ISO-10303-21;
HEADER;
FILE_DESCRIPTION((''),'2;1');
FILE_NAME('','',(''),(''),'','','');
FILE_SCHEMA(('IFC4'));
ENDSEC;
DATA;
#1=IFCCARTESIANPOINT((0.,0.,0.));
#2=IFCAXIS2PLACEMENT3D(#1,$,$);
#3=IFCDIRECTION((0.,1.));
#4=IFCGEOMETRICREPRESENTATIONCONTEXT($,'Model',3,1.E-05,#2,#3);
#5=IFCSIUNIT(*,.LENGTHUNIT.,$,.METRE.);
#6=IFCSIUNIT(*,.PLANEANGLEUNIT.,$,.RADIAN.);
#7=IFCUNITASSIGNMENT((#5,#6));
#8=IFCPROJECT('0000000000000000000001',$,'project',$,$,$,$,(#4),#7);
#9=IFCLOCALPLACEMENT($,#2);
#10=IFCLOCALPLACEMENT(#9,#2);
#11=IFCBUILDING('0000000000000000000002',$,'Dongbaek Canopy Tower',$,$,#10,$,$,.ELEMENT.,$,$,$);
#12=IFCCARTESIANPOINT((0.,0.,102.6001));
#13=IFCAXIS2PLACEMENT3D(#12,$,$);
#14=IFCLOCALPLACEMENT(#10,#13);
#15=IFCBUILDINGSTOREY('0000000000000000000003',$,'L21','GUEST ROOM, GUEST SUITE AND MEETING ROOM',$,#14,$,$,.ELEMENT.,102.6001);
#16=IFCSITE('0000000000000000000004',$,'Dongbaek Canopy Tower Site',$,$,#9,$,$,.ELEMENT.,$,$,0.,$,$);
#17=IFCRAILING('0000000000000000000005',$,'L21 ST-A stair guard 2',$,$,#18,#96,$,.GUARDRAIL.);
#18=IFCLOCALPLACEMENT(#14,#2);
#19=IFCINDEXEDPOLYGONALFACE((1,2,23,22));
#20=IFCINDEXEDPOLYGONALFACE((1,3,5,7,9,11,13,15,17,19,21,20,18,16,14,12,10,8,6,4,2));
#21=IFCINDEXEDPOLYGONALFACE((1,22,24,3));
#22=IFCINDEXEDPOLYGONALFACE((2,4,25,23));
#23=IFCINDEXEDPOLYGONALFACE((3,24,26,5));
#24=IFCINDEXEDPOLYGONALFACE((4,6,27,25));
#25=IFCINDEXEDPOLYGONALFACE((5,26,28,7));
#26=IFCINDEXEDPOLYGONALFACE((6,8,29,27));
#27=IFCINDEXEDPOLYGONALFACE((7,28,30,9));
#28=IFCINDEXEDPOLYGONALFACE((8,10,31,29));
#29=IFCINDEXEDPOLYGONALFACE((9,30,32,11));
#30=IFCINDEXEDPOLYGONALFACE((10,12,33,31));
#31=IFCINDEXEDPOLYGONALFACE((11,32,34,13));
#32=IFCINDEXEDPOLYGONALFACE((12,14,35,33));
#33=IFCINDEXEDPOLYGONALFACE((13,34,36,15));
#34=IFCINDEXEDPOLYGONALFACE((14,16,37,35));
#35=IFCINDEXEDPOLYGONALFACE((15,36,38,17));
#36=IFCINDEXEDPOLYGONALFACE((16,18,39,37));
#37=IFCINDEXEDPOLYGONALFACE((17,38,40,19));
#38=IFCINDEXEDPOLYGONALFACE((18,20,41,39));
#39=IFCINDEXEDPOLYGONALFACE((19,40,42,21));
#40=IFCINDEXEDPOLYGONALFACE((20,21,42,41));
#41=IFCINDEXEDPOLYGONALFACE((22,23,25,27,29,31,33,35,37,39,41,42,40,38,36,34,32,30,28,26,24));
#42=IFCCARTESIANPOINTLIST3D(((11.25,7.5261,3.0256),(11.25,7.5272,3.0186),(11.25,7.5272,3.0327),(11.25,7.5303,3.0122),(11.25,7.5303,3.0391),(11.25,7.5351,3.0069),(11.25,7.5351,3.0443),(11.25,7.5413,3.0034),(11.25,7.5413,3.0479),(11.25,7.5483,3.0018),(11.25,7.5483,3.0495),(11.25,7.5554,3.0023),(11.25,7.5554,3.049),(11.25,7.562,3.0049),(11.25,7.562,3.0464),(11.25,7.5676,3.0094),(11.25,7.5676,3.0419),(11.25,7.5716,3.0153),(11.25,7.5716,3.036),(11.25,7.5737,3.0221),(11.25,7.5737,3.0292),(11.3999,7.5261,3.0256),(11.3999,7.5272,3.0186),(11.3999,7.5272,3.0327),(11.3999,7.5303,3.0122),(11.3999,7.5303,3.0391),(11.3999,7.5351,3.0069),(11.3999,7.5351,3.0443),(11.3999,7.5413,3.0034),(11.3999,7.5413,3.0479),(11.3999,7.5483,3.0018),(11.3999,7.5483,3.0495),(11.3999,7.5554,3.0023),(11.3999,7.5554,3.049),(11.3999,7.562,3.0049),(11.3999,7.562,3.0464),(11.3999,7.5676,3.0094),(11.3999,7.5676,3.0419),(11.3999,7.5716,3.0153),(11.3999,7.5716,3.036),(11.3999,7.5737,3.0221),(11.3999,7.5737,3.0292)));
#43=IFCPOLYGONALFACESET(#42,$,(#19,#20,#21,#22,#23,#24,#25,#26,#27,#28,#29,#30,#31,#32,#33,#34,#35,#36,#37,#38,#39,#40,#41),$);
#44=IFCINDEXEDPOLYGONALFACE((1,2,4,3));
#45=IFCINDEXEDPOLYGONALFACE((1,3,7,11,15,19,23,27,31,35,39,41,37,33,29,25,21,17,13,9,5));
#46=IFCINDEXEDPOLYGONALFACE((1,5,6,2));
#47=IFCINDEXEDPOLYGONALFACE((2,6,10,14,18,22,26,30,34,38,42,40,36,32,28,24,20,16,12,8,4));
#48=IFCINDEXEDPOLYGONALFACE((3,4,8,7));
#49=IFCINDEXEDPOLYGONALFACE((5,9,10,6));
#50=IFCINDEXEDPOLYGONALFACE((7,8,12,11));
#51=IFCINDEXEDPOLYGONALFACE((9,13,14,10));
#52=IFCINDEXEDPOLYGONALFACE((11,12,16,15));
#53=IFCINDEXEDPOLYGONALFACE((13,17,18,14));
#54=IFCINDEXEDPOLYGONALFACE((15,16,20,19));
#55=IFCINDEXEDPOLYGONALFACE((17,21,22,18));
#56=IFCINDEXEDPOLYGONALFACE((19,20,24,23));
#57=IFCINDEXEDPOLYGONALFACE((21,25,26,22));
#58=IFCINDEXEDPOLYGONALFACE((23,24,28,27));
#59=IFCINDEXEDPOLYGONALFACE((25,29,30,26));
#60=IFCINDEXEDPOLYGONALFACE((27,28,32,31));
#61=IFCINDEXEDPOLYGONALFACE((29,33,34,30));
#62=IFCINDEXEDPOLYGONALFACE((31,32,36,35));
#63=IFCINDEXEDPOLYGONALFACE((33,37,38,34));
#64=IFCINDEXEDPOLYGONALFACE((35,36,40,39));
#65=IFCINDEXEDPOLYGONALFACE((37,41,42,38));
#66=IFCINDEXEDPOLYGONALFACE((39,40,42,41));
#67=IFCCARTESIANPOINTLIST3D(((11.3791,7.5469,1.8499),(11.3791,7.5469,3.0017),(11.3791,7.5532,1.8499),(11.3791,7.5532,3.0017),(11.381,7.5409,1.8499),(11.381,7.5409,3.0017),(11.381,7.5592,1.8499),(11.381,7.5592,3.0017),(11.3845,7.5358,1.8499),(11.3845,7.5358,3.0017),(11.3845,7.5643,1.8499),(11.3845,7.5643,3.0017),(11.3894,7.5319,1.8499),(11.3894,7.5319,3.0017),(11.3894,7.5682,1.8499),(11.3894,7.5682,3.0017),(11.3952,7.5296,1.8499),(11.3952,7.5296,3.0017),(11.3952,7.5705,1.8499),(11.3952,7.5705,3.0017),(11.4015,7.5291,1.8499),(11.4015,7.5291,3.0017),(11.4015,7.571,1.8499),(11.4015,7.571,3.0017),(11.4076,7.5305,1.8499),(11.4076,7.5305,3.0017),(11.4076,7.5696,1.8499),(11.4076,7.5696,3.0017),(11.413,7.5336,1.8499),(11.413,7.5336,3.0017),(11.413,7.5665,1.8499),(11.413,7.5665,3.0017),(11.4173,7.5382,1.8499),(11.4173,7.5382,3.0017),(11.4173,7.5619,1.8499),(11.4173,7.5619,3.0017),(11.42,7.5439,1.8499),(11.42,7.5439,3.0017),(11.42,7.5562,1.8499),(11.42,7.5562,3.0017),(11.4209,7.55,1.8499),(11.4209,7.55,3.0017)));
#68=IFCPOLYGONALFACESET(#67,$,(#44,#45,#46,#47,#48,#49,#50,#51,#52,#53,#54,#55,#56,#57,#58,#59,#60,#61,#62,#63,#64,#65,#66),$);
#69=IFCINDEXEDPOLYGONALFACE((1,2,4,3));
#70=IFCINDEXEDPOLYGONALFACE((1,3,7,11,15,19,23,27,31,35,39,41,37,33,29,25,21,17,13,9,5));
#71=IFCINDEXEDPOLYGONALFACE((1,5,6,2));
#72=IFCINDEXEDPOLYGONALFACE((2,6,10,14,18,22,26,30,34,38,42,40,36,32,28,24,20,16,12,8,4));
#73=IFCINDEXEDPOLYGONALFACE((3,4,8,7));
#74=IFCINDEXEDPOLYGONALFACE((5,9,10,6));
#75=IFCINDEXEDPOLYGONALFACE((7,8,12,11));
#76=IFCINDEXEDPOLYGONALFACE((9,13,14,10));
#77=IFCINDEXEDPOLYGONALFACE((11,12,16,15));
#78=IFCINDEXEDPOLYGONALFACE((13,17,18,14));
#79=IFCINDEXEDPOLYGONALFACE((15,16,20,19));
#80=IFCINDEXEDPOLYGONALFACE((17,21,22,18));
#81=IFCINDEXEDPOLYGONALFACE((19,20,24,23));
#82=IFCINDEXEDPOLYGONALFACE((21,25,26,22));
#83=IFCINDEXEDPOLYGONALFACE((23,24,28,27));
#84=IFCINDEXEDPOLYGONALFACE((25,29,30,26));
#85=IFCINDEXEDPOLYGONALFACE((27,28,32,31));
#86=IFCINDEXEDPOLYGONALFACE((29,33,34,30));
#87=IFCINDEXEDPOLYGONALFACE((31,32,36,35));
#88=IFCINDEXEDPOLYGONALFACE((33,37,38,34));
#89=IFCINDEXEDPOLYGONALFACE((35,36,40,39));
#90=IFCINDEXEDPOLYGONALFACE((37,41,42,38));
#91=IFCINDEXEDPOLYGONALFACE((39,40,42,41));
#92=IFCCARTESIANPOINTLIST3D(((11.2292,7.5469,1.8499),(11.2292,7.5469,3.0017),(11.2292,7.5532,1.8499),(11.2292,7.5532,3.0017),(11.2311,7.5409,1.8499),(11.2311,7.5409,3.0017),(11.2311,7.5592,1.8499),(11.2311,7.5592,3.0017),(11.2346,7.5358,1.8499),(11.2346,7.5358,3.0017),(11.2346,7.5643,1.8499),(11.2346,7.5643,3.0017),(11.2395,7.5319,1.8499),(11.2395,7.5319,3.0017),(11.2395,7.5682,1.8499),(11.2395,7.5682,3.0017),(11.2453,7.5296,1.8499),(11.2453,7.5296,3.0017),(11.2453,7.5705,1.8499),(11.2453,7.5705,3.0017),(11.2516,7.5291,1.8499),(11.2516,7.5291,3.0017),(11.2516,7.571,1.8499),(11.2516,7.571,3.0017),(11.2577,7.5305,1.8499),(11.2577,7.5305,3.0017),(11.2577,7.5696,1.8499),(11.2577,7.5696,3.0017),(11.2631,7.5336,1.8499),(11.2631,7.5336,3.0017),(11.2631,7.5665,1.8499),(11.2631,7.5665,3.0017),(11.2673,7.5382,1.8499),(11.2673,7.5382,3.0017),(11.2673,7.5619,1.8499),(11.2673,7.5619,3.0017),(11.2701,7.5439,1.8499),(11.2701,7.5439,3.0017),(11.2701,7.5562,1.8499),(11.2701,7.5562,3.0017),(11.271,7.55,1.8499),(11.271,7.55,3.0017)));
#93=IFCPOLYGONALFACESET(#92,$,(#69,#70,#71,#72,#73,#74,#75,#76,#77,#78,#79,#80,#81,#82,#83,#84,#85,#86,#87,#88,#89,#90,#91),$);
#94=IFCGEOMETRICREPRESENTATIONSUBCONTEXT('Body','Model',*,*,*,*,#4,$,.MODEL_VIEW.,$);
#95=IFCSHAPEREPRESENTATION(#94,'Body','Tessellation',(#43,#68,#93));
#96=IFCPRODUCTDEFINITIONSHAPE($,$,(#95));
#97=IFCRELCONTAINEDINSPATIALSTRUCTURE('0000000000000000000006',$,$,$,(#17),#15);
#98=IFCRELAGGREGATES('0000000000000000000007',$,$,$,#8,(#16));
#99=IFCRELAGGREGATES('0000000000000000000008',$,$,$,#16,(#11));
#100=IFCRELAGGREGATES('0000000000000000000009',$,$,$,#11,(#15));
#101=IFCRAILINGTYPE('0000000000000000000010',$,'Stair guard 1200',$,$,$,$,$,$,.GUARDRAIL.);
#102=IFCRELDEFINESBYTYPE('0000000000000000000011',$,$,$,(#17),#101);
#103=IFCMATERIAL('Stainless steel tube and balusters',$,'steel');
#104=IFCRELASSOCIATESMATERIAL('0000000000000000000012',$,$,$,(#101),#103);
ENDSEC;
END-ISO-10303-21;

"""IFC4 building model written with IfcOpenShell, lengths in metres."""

from ifc_helpers import new_model, si_unit, direction, frame, origin, origin_2d, place, context, subcontext, project, spatial, circle, extrude, material, type_object, element, save


model = new_model("IFC4")

# Units and contexts
model_context = context("Model", 3, precision=1e-05, world=origin(), true_north=direction((0.0, 1.0)))
body_context = subcontext(model_context, "Body", "Model", "MODEL_VIEW")
ifc_project = project(units=[si_unit("LENGTHUNIT", "METRE"), si_unit("PLANEANGLEUNIT", "RADIAN")], contexts=[model_context])

# Site, building, storey
site_placement = place(None, origin())
site = spatial("IfcSite", under=ifc_project, at=site_placement, Name="Dongbaek Canopy Tower Site", CompositionType="ELEMENT", RefElevation=0.0)
building_placement = place(site_placement, origin())
building = spatial("IfcBuilding", under=site, at=building_placement, Name="Dongbaek Canopy Tower", CompositionType="ELEMENT")
storey_placement = place(building_placement, frame((0.0, 0.0, 102.6001)))
storey = spatial("IfcBuildingStorey", under=building, at=storey_placement, Name="L21", Description="GUEST ROOM, GUEST SUITE AND MEETING ROOM", CompositionType="ELEMENT", Elevation=102.6001)

# Railing
ifc_material_1 = material(Name="Stainless steel tube and balusters", Category="steel")
railing_type_1 = type_object("IfcRailingType", Name="Stair guard 1200", PredefinedType="GUARDRAIL", material=ifc_material_1)
railing_1_placement = place(storey_placement, frame((11.3999, 7.55, 1.8499)))
element("IfcRailing", 1, at=railing_1_placement, inside=storey, type_object=railing_type_1, Name="L21 ST-A stair guard 2", PredefinedType="GUARDRAIL", context=body_context, shape_type="SweptSolid", body=[
    extrude(circle(Radius=0.0239, at=origin_2d()), frame((0.0, 0.0, 1.1758), z_axis=(-1.0, 0.0, 0.0), x_axis=(0.0, -1.0, 0.0)), (0.0, 0.0, 1.0), 0.1499),
    extrude(circle(Radius=0.021, at=origin_2d()), origin(), (0.0, 0.0, 1.0), 1.1519),
    extrude(circle(Radius=0.021, at=origin_2d()), frame((-0.1499, 0.0, 0.0)), (0.0, 0.0, 1.0), 1.1519),
])

save(model, "model.ifc")
